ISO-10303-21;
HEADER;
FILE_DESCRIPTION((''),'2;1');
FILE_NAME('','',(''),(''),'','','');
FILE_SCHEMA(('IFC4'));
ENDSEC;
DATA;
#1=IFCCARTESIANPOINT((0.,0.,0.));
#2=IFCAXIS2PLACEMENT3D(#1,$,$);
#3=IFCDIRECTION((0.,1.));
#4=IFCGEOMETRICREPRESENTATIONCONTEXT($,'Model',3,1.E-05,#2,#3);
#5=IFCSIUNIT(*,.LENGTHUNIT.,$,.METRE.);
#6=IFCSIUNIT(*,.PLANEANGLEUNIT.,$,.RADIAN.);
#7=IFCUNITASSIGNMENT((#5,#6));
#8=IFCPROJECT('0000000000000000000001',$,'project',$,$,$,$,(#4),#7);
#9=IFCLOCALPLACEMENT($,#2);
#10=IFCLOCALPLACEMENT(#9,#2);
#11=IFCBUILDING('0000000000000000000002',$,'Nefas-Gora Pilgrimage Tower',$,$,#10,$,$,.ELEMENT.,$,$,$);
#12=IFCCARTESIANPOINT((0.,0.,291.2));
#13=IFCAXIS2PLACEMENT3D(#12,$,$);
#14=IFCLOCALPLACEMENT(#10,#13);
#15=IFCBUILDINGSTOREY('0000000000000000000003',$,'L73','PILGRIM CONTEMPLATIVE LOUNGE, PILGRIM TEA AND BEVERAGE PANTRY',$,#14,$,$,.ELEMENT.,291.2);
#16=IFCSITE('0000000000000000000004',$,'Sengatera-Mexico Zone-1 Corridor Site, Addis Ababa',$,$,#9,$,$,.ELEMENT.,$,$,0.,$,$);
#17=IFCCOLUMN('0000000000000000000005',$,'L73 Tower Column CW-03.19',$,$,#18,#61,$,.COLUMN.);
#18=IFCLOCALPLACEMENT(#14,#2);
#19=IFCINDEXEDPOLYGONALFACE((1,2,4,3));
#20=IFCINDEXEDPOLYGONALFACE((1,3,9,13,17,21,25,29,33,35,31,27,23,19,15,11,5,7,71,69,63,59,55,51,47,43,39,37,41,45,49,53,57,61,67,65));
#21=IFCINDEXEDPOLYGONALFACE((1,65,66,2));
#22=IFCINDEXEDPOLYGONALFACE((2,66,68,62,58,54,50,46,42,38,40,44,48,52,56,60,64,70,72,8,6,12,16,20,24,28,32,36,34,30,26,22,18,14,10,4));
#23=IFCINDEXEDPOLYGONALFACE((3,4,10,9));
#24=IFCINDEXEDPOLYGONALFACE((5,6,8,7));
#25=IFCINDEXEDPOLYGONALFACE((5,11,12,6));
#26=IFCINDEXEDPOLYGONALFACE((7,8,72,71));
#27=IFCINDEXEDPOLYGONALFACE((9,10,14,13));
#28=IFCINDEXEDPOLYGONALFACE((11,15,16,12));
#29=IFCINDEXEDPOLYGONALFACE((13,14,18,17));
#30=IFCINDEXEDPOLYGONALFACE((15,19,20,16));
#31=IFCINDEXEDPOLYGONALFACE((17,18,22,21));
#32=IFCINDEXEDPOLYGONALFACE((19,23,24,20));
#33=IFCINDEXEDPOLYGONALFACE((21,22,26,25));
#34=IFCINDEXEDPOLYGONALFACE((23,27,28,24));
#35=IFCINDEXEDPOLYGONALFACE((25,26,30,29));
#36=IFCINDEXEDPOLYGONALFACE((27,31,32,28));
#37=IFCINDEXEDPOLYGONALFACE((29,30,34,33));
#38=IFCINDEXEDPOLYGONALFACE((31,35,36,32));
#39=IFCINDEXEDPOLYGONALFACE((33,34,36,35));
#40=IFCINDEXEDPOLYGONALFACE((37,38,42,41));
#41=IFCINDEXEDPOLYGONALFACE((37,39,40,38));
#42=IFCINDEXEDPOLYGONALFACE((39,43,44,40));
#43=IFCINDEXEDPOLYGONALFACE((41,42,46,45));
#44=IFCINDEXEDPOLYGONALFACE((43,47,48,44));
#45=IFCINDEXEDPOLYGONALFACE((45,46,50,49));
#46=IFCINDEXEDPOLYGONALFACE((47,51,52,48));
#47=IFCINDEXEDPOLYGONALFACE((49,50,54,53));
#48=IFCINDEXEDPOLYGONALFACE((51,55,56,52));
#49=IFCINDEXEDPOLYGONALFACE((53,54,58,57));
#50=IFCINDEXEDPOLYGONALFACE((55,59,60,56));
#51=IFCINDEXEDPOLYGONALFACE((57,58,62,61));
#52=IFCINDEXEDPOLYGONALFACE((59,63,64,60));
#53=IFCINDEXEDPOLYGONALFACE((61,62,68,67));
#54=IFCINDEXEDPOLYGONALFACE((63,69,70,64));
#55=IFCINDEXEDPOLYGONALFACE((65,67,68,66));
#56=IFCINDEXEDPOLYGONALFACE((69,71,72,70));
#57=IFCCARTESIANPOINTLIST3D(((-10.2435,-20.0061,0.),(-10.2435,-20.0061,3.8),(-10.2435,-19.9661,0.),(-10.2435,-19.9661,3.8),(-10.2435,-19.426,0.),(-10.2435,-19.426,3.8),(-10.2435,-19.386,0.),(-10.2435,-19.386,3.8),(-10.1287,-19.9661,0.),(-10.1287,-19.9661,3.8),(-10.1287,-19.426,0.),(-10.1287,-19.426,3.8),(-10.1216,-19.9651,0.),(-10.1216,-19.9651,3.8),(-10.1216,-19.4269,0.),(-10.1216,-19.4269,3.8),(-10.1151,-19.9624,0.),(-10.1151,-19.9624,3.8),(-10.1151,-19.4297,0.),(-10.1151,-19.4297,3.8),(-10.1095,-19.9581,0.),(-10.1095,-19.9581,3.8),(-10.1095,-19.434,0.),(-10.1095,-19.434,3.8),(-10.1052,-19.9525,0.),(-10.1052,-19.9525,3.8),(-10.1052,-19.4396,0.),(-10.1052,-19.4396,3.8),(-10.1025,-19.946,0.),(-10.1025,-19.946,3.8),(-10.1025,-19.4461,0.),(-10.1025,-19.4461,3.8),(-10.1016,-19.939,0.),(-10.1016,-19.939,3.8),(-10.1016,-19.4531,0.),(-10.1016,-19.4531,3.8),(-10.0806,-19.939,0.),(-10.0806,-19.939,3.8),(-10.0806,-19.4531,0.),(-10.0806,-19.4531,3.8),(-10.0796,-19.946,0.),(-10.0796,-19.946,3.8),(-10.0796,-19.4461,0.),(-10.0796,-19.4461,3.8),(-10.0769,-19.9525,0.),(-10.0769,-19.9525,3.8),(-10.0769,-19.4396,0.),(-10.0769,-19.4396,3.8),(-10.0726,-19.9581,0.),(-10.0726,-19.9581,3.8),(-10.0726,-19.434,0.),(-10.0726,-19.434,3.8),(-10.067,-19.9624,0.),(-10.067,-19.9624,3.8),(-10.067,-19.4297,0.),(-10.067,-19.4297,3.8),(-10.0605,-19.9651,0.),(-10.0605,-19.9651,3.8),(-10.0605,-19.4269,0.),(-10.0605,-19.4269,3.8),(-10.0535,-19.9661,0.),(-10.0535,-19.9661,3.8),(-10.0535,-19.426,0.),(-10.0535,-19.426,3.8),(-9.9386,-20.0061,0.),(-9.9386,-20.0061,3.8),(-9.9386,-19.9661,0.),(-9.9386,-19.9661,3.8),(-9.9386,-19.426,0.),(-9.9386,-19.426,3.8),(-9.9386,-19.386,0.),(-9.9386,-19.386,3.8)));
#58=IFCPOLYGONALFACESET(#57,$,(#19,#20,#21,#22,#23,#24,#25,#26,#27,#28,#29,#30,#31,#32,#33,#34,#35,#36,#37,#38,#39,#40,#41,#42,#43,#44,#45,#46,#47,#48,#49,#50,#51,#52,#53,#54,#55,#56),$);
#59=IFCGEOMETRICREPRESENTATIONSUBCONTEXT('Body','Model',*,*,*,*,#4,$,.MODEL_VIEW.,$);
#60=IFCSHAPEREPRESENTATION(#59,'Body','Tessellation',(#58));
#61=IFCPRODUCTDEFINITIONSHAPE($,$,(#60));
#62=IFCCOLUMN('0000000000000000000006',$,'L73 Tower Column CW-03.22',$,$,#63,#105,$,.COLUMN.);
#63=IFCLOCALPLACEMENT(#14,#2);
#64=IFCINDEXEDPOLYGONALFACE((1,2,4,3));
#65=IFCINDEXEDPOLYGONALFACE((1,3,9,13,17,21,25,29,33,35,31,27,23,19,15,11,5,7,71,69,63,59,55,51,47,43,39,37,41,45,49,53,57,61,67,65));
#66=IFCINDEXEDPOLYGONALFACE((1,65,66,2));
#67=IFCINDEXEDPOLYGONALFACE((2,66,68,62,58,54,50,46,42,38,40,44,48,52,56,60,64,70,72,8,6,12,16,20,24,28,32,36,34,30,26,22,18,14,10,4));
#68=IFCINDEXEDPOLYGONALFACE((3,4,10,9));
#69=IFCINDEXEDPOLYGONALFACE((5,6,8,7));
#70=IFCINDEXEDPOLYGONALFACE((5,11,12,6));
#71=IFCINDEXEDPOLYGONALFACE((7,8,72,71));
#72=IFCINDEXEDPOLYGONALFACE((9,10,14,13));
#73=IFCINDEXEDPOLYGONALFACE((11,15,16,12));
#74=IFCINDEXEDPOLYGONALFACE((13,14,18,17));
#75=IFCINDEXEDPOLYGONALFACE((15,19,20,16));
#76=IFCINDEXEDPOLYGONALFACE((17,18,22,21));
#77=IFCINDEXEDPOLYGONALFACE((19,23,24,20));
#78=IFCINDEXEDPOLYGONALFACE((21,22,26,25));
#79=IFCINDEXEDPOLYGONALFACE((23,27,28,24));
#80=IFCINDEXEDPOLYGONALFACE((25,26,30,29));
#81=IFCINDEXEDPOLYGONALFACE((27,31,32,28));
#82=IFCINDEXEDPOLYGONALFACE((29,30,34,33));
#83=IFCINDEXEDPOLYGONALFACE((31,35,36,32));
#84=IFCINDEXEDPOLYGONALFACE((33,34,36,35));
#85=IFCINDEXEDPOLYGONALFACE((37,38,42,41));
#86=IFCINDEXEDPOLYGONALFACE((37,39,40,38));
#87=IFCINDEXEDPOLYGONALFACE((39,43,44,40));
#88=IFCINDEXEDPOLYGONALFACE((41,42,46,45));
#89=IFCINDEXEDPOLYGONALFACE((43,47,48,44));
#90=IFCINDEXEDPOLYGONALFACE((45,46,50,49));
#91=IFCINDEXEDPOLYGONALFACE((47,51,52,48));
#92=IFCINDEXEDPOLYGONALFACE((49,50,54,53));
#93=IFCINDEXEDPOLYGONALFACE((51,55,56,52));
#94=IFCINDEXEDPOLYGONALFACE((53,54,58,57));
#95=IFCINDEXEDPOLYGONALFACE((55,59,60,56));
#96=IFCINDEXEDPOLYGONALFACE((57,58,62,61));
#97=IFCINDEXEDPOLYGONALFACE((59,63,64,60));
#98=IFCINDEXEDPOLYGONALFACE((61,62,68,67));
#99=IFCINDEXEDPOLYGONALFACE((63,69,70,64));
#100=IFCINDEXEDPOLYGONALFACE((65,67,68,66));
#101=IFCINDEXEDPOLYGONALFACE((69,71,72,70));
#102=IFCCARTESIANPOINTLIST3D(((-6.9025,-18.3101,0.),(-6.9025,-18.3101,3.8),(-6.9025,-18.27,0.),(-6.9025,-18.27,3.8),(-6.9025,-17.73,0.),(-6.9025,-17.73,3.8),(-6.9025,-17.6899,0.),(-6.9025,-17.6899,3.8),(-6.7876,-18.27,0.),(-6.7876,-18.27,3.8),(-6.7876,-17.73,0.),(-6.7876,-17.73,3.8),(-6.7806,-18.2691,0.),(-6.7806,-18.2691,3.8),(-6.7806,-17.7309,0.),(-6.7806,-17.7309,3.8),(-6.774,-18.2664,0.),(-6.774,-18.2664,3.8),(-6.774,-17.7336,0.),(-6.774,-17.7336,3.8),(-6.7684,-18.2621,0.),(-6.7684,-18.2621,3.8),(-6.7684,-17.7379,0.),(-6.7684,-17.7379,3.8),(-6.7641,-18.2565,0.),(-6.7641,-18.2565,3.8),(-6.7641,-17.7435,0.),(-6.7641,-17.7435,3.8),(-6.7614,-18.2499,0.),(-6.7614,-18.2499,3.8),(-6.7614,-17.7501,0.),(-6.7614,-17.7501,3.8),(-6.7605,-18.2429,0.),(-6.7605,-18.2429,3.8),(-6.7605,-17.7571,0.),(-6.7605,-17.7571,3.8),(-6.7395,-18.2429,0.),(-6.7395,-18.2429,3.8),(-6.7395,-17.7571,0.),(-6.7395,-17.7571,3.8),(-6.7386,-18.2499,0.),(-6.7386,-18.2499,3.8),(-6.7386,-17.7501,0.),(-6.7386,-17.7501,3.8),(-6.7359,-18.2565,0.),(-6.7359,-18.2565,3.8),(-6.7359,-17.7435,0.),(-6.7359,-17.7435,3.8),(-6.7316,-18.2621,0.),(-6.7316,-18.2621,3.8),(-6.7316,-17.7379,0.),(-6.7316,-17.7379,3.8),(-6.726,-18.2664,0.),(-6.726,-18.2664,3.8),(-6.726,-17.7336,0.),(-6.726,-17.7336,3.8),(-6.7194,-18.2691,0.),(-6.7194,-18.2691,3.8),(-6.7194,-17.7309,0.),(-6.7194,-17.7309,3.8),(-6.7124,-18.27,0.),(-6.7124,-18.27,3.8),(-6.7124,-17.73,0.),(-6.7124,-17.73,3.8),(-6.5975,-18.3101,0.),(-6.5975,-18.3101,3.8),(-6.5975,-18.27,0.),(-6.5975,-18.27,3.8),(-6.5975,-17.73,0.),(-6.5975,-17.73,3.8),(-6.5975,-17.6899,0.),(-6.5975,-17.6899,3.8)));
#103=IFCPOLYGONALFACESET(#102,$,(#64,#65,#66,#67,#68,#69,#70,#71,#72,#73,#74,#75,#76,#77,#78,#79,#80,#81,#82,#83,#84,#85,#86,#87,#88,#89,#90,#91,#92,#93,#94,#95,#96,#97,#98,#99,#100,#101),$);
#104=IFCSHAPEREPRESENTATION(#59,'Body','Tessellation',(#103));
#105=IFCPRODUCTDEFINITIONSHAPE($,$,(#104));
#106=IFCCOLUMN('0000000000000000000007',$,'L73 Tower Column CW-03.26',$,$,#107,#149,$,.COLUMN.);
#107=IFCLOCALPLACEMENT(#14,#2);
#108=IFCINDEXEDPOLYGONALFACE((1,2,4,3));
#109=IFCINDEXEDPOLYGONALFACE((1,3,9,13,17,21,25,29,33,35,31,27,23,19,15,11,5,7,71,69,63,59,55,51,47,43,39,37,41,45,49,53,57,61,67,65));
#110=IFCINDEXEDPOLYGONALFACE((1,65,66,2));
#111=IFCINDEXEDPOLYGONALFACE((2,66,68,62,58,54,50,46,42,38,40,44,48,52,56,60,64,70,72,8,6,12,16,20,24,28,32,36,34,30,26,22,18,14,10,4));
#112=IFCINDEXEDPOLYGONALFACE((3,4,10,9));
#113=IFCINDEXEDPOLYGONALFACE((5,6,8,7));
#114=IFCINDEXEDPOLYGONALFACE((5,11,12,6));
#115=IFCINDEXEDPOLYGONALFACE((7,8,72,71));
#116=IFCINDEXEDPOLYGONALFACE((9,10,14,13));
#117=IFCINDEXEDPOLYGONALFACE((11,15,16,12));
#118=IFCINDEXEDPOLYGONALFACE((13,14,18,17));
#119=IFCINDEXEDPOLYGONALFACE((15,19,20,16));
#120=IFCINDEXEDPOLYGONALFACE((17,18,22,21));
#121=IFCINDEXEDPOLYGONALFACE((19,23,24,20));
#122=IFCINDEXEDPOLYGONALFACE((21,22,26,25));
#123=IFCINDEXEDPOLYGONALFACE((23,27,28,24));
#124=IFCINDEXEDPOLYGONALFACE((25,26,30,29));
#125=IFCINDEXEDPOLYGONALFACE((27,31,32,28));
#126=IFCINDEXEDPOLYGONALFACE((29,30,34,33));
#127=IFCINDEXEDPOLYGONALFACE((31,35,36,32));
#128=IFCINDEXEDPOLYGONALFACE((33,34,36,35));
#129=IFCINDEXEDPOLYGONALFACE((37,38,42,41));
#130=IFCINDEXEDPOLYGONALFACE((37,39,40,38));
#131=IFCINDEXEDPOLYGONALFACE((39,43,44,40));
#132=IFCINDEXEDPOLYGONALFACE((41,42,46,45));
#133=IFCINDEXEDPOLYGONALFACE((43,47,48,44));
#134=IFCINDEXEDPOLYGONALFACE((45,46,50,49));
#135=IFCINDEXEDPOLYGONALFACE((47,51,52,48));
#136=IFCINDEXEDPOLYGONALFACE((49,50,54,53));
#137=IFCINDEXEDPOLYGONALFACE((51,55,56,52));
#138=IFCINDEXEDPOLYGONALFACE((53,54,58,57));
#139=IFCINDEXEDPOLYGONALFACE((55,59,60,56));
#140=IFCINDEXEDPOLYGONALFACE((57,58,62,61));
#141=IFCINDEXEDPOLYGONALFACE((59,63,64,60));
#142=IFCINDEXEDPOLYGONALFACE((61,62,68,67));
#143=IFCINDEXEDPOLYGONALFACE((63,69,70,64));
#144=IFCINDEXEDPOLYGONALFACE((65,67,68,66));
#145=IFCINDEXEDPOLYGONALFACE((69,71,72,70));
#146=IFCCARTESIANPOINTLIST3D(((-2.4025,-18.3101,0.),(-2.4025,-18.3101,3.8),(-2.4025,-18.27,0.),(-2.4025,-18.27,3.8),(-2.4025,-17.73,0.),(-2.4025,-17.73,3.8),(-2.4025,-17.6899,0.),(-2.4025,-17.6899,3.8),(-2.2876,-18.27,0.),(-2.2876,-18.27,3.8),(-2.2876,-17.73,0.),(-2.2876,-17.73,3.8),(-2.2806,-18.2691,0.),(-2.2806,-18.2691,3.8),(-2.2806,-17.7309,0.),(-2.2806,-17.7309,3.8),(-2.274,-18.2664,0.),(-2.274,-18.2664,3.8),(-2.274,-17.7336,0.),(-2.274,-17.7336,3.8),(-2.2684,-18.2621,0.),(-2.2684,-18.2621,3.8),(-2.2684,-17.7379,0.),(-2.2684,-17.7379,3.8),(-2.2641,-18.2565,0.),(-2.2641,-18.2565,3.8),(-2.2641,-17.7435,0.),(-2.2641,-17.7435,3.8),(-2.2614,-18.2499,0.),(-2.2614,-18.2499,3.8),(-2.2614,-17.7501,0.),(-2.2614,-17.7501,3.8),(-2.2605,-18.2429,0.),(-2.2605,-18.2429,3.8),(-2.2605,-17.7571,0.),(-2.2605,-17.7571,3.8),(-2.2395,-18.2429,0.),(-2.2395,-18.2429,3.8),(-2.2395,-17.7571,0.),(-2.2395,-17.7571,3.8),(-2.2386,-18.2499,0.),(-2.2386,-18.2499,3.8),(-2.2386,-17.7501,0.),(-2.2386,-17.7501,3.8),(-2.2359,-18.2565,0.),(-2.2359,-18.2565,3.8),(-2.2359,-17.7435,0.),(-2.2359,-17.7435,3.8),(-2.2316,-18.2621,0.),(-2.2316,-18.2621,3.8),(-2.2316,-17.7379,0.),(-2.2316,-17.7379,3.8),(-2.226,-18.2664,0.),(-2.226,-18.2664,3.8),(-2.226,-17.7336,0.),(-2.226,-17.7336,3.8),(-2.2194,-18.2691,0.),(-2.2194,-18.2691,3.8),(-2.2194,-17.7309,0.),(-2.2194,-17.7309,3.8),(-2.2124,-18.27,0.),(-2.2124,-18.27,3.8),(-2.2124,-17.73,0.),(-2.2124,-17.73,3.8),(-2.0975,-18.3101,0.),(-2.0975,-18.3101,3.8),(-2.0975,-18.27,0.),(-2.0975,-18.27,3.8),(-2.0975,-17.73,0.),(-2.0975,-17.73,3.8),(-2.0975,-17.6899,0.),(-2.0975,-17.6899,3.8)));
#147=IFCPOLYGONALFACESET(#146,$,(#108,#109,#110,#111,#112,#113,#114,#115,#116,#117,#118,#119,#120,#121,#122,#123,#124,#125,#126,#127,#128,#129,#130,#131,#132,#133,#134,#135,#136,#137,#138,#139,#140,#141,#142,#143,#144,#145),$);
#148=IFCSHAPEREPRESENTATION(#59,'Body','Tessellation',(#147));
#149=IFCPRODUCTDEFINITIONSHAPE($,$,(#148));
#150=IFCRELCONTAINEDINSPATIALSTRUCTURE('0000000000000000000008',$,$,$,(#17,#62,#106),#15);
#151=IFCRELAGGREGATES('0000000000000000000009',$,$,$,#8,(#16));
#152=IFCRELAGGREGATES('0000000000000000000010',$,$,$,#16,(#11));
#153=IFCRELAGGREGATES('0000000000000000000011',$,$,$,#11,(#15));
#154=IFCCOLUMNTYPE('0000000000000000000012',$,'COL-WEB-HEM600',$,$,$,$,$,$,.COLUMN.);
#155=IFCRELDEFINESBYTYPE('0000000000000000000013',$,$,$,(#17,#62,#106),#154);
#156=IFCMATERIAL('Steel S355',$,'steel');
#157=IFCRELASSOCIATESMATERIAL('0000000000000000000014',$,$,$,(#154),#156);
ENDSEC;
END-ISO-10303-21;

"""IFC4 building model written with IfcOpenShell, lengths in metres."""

from ifc_helpers import new_model, si_unit, direction, frame, origin, origin_2d, place, context, subcontext, project, spatial, i_section, extrude, source, transform, mapped, material, material_profile, profile_set, type_object, element, save


model = new_model("IFC4")

# Units and contexts
model_context = context("Model", 3, precision=1e-05, world=origin(), true_north=direction((0.0, 1.0)))
body_context = subcontext(model_context, "Body", "Model", "MODEL_VIEW")
ifc_project = project(units=[si_unit("LENGTHUNIT", "METRE"), si_unit("PLANEANGLEUNIT", "RADIAN")], contexts=[model_context])

# Site, building, storey
site_placement = place(None, origin())
site = spatial("IfcSite", under=ifc_project, at=site_placement, Name="Sengatera-Mexico Zone-1 Corridor Site, Addis Ababa", CompositionType="ELEMENT", RefElevation=0.0)
building_placement = place(site_placement, origin())
building = spatial("IfcBuilding", under=site, at=building_placement, Name="Nefas-Gora Pilgrimage Tower", CompositionType="ELEMENT")
storey_placement = place(building_placement, frame((0.0, 0.0, 291.2)))
storey = spatial("IfcBuildingStorey", under=building, at=storey_placement, Name="L73", Description="PILGRIM CONTEMPLATIVE LOUNGE, PILGRIM TEA AND BEVERAGE PANTRY", CompositionType="ELEMENT", Elevation=291.2)

# Columns
ifc_material_1 = material(Name="Steel S355", Category="steel")
ifc_material_profile_1 = material_profile(ifc_material_1, i_section(OverallWidth=0.3049, OverallDepth=0.6201, WebThickness=0.021, FlangeThickness=0.04, FilletRadius=0.0271, at=origin_2d()), Name="HEM 600")
ifc_profile_set_1 = profile_set([ifc_material_profile_1], Name="Steel S355")
column_type_1 = type_object("IfcColumnType", Name="COL-WEB-HEM600", PredefinedType="COLUMN", material=ifc_profile_set_1)
shared_shape_1 = source(origin(), body_context, "Body", "SweptSolid", [
    extrude(i_section(OverallWidth=0.3049, OverallDepth=0.6201, WebThickness=0.021, FlangeThickness=0.04, FilletRadius=0.0271, at=origin_2d()), origin(), (0.0, 0.0, 1.0), 3.8),
])
for number, where, z_axis, x_axis, name in (
    (1, (-10.0911, -19.696, 0.0), (0.0, 0.0, 1.0), (1.0, 0.0, 0.0), "L73 Tower Column CW-03.19"),
    (2, (-6.75, -18.0, 0.0), (0.0, 0.0, 1.0), (1.0, 0.0, 0.0), "L73 Tower Column CW-03.22"),
    (3, (-2.25, -18.0, 0.0), (0.0, 0.0, 1.0), (1.0, 0.0, 0.0), "L73 Tower Column CW-03.26"),
):
    element("IfcColumn", number, at=place(storey_placement, frame(where, z_axis=z_axis, x_axis=x_axis)), inside=storey, type_object=column_type_1, Name=name, PredefinedType="COLUMN", context=body_context, shape_type="MappedRepresentation", body=[
        mapped(shared_shape_1, transform((0.0, 0.0, 0.0), x_axis=(1.0, 0.0, 0.0), y_axis=(0.0, 1.0, 0.0), z_axis=(0.0, 0.0, 1.0), scale=1.0)),
    ])

save(model, "model.ifc")
